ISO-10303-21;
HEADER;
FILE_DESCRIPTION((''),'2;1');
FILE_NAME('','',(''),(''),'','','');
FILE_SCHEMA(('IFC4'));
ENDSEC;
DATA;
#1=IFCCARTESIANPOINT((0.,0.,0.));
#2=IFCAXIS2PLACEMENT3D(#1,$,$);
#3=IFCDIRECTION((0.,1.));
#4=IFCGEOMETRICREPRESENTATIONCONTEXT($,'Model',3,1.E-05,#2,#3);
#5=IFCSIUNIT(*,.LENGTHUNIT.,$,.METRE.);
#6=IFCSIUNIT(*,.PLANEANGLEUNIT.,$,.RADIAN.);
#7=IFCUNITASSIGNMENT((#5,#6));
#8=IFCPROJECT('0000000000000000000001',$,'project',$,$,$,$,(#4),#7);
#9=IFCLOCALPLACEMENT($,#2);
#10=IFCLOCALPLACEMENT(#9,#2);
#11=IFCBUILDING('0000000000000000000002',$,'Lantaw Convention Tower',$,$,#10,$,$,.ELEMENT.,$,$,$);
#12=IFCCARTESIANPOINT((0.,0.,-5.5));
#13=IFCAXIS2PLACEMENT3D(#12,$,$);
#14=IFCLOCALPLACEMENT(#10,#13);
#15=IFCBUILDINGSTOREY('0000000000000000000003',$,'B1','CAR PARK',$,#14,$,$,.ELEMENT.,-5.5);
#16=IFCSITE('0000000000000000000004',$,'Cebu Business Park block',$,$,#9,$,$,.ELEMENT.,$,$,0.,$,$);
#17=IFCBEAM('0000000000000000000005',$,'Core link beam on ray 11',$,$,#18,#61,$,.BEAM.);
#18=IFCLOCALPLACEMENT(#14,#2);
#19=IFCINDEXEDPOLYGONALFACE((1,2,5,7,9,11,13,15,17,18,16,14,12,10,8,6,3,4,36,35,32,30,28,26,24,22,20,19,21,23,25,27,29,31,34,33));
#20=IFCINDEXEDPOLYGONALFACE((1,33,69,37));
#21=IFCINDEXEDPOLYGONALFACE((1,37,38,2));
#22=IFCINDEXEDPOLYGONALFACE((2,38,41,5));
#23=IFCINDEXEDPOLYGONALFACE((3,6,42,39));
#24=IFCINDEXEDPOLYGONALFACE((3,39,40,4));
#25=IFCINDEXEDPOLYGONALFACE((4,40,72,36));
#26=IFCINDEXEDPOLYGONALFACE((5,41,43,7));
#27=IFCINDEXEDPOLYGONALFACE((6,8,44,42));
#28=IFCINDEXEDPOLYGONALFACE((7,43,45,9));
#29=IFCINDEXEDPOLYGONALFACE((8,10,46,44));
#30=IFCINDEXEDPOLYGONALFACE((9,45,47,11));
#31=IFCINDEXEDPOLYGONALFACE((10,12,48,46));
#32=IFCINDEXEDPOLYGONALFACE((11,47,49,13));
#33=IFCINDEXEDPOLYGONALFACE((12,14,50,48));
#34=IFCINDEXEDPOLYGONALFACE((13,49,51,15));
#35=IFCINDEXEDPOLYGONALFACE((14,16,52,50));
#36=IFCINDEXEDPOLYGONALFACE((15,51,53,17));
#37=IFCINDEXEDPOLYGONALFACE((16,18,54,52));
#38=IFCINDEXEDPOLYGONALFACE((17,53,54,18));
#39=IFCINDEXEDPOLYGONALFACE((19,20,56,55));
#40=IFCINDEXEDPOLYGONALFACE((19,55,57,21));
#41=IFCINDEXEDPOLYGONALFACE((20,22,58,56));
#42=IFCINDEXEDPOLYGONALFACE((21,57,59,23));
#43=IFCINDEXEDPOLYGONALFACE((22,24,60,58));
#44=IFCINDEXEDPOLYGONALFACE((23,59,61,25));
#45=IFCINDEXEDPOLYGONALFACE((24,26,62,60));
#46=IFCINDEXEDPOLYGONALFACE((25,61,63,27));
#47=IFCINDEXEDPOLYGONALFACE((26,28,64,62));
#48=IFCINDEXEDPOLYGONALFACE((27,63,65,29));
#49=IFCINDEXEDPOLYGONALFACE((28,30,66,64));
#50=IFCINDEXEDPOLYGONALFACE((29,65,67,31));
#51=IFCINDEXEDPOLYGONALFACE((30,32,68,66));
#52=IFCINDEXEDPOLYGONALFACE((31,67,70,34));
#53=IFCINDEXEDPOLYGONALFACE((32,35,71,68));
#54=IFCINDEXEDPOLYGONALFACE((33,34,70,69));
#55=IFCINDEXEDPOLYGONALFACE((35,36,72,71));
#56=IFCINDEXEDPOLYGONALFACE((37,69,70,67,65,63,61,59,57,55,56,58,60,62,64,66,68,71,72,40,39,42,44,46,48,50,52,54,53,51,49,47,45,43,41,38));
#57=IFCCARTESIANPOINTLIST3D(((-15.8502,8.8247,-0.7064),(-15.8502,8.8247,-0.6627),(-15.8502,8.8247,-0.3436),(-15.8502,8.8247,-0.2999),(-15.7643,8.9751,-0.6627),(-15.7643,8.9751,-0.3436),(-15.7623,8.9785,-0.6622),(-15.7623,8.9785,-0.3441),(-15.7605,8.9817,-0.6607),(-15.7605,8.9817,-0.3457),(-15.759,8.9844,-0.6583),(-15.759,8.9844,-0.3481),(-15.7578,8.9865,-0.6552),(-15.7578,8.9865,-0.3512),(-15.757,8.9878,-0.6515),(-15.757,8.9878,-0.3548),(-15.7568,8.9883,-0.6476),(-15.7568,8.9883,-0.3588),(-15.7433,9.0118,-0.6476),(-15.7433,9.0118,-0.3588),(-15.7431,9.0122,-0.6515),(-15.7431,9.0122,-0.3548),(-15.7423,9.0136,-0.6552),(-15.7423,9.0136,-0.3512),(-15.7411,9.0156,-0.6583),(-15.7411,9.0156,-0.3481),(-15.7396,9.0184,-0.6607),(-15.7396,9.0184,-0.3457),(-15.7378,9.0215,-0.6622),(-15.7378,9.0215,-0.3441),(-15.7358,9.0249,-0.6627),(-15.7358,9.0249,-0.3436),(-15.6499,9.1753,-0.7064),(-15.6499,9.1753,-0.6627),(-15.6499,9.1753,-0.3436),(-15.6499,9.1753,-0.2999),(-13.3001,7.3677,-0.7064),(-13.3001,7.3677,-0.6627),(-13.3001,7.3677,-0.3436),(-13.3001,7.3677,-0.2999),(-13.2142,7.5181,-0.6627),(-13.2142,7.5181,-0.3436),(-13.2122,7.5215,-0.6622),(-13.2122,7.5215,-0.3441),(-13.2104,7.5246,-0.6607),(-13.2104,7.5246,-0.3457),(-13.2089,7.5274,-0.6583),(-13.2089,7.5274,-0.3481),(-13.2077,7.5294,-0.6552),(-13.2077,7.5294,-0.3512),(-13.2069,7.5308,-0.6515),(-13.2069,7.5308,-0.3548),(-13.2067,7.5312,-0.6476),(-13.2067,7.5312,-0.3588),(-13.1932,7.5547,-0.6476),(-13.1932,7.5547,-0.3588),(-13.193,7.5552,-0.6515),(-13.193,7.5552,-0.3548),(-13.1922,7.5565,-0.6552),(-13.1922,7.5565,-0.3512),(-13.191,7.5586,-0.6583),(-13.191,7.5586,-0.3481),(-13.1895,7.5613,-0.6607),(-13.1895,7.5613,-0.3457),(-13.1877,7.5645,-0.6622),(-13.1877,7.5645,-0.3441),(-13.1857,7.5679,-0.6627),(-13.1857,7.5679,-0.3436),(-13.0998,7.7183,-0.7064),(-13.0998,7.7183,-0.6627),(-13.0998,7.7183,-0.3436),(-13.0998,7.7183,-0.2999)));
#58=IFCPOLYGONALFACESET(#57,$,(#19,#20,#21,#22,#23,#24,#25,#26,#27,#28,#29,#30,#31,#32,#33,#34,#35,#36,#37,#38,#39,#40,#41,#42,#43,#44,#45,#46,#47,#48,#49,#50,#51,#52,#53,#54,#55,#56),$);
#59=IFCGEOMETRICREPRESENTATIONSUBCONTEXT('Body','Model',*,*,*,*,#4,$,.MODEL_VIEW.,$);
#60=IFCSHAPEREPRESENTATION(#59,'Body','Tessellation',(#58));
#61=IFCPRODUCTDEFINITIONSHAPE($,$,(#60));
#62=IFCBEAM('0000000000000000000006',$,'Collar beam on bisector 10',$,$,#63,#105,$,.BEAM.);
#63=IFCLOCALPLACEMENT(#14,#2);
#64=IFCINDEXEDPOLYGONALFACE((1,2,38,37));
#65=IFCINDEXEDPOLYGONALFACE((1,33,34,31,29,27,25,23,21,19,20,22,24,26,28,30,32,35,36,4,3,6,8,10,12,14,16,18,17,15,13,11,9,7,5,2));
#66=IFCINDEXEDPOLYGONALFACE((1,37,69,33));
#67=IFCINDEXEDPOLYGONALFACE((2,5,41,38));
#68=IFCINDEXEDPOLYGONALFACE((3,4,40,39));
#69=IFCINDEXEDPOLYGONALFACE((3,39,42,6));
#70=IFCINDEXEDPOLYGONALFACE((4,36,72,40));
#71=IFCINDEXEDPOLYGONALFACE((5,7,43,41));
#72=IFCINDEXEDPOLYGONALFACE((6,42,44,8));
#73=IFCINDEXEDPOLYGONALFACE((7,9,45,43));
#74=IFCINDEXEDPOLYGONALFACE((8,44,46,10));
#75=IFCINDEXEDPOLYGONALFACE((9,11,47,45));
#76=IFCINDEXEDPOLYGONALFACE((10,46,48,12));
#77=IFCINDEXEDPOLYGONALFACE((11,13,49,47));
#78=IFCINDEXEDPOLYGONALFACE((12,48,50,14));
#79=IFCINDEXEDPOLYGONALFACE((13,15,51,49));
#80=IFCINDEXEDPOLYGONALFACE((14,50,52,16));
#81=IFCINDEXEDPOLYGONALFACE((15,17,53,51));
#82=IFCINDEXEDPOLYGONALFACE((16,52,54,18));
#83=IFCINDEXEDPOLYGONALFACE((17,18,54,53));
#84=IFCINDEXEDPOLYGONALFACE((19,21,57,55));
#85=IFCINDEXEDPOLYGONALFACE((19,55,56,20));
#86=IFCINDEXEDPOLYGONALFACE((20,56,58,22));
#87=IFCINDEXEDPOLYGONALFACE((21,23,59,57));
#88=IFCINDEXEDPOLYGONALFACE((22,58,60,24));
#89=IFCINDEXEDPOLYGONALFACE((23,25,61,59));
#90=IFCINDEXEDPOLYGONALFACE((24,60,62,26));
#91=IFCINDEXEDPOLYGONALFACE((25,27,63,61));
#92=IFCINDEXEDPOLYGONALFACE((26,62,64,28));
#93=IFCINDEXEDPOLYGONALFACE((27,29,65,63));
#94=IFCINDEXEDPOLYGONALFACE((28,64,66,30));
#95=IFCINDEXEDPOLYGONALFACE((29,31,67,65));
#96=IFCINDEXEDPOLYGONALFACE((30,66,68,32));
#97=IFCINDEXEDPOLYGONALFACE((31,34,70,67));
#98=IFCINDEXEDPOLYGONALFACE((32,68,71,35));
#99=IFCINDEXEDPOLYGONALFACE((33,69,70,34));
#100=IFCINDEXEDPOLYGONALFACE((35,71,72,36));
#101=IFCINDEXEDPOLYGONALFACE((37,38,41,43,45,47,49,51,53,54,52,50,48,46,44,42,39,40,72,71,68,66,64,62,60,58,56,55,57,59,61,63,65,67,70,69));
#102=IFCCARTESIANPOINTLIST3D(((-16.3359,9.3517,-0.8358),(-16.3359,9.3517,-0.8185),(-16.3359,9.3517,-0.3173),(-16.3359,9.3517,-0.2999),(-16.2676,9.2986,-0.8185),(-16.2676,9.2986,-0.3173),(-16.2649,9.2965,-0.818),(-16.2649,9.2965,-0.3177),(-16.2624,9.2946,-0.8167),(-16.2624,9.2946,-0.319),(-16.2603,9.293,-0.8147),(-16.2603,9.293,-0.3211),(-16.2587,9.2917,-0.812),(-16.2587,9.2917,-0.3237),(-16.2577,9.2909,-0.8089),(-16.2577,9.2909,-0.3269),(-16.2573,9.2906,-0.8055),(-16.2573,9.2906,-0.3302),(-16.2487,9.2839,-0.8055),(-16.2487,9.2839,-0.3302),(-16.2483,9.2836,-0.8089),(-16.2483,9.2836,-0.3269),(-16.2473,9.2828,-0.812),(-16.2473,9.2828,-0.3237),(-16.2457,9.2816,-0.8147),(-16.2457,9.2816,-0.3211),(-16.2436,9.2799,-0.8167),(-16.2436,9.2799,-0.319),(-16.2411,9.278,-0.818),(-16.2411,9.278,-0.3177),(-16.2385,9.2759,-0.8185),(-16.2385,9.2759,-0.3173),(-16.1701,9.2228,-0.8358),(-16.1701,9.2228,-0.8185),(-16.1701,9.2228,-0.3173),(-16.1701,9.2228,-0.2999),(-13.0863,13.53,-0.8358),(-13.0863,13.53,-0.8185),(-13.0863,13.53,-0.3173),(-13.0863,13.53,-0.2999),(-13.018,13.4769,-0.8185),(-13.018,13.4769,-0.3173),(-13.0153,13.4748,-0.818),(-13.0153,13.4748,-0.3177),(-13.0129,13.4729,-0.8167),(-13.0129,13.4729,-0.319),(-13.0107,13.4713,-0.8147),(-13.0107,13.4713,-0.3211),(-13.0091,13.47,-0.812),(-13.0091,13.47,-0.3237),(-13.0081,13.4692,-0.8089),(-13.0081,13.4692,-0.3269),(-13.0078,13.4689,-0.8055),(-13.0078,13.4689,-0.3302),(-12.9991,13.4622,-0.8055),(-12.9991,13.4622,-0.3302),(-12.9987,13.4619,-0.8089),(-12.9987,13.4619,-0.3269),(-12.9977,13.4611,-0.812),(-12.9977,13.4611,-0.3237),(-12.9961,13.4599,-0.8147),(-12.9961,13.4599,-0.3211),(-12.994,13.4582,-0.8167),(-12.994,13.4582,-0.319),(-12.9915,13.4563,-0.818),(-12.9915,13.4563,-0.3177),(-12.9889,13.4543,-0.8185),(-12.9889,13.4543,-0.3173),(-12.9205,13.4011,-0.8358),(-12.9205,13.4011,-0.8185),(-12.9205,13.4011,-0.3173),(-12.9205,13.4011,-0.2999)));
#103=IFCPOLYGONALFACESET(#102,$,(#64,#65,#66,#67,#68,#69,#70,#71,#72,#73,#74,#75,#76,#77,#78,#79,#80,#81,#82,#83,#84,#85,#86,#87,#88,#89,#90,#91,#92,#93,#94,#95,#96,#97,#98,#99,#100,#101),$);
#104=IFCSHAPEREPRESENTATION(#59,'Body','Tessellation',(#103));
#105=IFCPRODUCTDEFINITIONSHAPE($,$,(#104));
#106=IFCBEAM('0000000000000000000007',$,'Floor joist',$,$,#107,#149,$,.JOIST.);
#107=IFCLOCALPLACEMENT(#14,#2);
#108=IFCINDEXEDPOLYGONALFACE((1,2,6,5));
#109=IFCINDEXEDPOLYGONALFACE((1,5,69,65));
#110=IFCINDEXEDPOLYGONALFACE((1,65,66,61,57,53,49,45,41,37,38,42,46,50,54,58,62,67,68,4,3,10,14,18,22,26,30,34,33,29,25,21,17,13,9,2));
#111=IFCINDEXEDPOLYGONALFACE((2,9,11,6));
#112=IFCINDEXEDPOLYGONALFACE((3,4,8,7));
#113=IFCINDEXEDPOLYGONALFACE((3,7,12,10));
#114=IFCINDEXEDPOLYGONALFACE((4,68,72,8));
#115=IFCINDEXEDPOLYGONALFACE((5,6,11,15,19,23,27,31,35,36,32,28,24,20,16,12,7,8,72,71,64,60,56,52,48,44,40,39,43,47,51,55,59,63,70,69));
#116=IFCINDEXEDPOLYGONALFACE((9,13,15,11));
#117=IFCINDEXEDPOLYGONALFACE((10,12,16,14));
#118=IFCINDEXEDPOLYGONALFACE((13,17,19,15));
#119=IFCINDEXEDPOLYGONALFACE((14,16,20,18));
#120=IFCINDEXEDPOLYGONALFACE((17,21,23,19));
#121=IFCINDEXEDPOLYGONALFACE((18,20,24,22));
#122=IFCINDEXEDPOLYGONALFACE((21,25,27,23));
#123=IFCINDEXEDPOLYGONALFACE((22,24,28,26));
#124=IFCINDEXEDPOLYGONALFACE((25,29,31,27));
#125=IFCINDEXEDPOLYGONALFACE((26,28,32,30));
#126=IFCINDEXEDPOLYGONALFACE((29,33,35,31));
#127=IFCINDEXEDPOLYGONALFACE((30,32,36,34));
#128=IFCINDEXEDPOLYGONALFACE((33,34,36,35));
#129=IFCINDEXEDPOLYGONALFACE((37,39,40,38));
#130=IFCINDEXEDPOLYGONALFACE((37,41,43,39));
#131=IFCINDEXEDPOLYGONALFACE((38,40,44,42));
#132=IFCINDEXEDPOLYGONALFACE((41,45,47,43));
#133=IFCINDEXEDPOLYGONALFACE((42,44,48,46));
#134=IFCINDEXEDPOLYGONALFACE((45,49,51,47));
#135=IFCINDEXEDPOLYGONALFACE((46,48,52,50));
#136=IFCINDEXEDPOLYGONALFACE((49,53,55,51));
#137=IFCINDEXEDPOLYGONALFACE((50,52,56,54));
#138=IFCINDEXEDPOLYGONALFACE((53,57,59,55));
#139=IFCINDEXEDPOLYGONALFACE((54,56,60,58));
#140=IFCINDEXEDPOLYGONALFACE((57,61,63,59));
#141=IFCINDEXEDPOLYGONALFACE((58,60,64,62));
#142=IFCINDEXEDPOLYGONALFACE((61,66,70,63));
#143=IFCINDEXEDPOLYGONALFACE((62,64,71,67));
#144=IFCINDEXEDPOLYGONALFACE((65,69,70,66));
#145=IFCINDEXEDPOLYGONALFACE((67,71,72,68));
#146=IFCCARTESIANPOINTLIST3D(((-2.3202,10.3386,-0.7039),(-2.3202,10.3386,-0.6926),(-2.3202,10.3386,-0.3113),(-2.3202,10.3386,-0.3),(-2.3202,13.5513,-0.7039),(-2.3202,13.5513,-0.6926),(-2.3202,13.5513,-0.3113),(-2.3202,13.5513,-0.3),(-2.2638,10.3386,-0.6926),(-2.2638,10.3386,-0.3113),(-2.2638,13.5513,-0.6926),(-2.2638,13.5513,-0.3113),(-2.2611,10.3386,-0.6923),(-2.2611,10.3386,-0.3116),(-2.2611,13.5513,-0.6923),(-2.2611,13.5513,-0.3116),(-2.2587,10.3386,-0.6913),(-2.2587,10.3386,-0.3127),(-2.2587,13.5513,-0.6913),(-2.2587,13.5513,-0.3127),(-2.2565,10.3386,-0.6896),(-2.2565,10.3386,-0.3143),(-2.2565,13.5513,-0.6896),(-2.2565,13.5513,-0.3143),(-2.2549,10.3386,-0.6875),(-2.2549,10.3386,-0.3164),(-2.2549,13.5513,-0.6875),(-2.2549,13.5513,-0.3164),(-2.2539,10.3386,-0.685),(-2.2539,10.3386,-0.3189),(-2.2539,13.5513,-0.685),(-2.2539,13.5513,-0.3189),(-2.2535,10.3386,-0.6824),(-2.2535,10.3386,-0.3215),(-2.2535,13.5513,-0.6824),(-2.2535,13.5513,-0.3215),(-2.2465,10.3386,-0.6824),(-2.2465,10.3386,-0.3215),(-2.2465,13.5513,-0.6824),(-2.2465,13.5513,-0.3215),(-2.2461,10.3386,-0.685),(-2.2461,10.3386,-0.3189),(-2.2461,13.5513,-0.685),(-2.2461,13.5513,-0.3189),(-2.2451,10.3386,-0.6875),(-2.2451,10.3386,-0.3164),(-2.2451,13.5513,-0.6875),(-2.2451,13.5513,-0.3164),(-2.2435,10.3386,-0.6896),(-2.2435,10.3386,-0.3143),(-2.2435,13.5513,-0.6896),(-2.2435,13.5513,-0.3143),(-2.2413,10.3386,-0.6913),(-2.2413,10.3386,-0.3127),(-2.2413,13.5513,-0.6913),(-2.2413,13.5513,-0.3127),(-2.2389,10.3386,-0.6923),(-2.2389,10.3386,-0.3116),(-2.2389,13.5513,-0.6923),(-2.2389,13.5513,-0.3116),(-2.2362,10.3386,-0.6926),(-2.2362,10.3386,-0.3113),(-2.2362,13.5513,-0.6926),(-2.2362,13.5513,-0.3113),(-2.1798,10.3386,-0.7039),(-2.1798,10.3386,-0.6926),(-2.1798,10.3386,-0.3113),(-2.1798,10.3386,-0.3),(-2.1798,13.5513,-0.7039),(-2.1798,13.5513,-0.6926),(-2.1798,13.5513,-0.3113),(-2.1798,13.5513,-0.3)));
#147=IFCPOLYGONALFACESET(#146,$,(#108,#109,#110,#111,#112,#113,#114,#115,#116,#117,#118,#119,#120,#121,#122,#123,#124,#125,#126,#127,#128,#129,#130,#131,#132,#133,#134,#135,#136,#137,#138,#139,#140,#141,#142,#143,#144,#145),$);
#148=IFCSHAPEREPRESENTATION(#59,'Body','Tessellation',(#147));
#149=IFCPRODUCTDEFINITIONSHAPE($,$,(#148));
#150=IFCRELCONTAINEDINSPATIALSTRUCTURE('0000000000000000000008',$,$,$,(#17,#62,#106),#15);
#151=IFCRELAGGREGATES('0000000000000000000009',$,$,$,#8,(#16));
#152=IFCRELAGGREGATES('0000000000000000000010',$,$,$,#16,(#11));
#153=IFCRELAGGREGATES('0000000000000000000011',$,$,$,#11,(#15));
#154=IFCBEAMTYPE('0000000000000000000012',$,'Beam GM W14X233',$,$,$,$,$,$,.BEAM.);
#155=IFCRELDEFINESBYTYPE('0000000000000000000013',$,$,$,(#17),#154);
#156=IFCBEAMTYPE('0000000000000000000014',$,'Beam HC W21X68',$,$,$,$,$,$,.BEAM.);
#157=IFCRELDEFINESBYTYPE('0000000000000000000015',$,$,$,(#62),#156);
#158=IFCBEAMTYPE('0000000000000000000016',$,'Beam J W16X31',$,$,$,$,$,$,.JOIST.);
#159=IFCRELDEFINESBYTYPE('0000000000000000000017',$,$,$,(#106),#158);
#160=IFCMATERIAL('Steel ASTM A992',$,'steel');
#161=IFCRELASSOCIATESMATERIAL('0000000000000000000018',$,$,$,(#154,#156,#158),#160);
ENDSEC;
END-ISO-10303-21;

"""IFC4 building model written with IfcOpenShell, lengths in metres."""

from ifc_helpers import new_model, si_unit, direction, frame, origin, origin_2d, place, context, subcontext, project, spatial, i_section, extrude, material, material_profile, profile_set, type_object, element, save


model = new_model("IFC4")

# Units and contexts
model_context = context("Model", 3, precision=1e-05, world=origin(), true_north=direction((0.0, 1.0)))
body_context = subcontext(model_context, "Body", "Model", "MODEL_VIEW")
ifc_project = project(units=[si_unit("LENGTHUNIT", "METRE"), si_unit("PLANEANGLEUNIT", "RADIAN")], contexts=[model_context])

# Site, building, storey
site_placement = place(None, origin())
site = spatial("IfcSite", under=ifc_project, at=site_placement, Name="Cebu Business Park block", CompositionType="ELEMENT", RefElevation=0.0)
building_placement = place(site_placement, origin())
building = spatial("IfcBuilding", under=site, at=building_placement, Name="Lantaw Convention Tower", CompositionType="ELEMENT")
storey_placement = place(building_placement, frame((0.0, 0.0, -5.5)))
storey = spatial("IfcBuildingStorey", under=building, at=storey_placement, Name="B1", Description="CAR PARK", CompositionType="ELEMENT", Elevation=-5.5)

# Beams
ifc_material_1 = material(Name="Steel ASTM A992", Category="steel")
ifc_material_profile_1 = material_profile(ifc_material_1, i_section(OverallWidth=0.4038, OverallDepth=0.4065, WebThickness=0.0271, FlangeThickness=0.0437, FilletRadius=0.0151, at=origin_2d()), Name="W14X233")
ifc_profile_set_1 = profile_set([ifc_material_profile_1], Name="Steel ASTM A992")
beam_type_1 = type_object("IfcBeamType", Name="Beam GM W14X233", PredefinedType="BEAM", material=ifc_profile_set_1)
beam_1_placement = place(storey_placement, frame((-13.2, 7.543, -0.5032), z_axis=(-0.868264, 0.496103, 0.0), x_axis=(-0.496103, -0.868264, 0.0)))
element("IfcBeam", 1, at=beam_1_placement, inside=storey, type_object=beam_type_1, Name="Core link beam on ray 11", PredefinedType="BEAM", context=body_context, shape_type="SweptSolid", body=[
    extrude(i_section(OverallWidth=0.4038, OverallDepth=0.4065, WebThickness=0.0271, FlangeThickness=0.0437, FilletRadius=0.0151, at=origin_2d()), origin(), (0.0, 0.0, 1.0), 2.937),
])
ifc_material_profile_2 = material_profile(ifc_material_1, i_section(OverallWidth=0.21, OverallDepth=0.5359, WebThickness=0.011, FlangeThickness=0.0173, FilletRadius=0.0129, at=origin_2d()), Name="W21X68")
ifc_profile_set_2 = profile_set([ifc_material_profile_2], Name="Steel ASTM A992")
beam_type_2 = type_object("IfcBeamType", Name="Beam HC W21X68", PredefinedType="BEAM", material=ifc_profile_set_2)
beam_2_placement = place(storey_placement, frame((-13.0034, 13.4656, -0.5679), z_axis=(-0.613915, -0.789372, 0.0), x_axis=(0.789372, -0.613915, 0.0)))
element("IfcBeam", 2, at=beam_2_placement, inside=storey, type_object=beam_type_2, Name="Collar beam on bisector 10", PredefinedType="BEAM", context=body_context, shape_type="SweptSolid", body=[
    extrude(i_section(OverallWidth=0.21, OverallDepth=0.5359, WebThickness=0.011, FlangeThickness=0.0173, FilletRadius=0.0129, at=origin_2d()), origin(), (0.0, 0.0, 1.0), 5.2932),
])
ifc_material_profile_3 = material_profile(ifc_material_1, i_section(OverallWidth=0.1404, OverallDepth=0.4038, WebThickness=0.0071, FlangeThickness=0.0112, FilletRadius=0.0103, at=origin_2d()), Name="W16X31")
ifc_profile_set_3 = profile_set([ifc_material_profile_3], Name="Steel ASTM A992")
beam_type_3 = type_object("IfcBeamType", Name="Beam J W16X31", PredefinedType="JOIST", material=ifc_profile_set_3)
beam_3_placement = place(storey_placement, frame((-2.25, 10.3386, -0.502), z_axis=(0.0, 1.0, 0.0), x_axis=(-1.0, 0.0, 0.0)))
element("IfcBeam", 3, at=beam_3_placement, inside=storey, type_object=beam_type_3, Name="Floor joist", PredefinedType="JOIST", context=body_context, shape_type="SweptSolid", body=[
    extrude(i_section(OverallWidth=0.1404, OverallDepth=0.4038, WebThickness=0.0071, FlangeThickness=0.0112, FilletRadius=0.0103, at=origin_2d()), origin(), (0.0, 0.0, 1.0), 3.2126),
])

save(model, "model.ifc")
